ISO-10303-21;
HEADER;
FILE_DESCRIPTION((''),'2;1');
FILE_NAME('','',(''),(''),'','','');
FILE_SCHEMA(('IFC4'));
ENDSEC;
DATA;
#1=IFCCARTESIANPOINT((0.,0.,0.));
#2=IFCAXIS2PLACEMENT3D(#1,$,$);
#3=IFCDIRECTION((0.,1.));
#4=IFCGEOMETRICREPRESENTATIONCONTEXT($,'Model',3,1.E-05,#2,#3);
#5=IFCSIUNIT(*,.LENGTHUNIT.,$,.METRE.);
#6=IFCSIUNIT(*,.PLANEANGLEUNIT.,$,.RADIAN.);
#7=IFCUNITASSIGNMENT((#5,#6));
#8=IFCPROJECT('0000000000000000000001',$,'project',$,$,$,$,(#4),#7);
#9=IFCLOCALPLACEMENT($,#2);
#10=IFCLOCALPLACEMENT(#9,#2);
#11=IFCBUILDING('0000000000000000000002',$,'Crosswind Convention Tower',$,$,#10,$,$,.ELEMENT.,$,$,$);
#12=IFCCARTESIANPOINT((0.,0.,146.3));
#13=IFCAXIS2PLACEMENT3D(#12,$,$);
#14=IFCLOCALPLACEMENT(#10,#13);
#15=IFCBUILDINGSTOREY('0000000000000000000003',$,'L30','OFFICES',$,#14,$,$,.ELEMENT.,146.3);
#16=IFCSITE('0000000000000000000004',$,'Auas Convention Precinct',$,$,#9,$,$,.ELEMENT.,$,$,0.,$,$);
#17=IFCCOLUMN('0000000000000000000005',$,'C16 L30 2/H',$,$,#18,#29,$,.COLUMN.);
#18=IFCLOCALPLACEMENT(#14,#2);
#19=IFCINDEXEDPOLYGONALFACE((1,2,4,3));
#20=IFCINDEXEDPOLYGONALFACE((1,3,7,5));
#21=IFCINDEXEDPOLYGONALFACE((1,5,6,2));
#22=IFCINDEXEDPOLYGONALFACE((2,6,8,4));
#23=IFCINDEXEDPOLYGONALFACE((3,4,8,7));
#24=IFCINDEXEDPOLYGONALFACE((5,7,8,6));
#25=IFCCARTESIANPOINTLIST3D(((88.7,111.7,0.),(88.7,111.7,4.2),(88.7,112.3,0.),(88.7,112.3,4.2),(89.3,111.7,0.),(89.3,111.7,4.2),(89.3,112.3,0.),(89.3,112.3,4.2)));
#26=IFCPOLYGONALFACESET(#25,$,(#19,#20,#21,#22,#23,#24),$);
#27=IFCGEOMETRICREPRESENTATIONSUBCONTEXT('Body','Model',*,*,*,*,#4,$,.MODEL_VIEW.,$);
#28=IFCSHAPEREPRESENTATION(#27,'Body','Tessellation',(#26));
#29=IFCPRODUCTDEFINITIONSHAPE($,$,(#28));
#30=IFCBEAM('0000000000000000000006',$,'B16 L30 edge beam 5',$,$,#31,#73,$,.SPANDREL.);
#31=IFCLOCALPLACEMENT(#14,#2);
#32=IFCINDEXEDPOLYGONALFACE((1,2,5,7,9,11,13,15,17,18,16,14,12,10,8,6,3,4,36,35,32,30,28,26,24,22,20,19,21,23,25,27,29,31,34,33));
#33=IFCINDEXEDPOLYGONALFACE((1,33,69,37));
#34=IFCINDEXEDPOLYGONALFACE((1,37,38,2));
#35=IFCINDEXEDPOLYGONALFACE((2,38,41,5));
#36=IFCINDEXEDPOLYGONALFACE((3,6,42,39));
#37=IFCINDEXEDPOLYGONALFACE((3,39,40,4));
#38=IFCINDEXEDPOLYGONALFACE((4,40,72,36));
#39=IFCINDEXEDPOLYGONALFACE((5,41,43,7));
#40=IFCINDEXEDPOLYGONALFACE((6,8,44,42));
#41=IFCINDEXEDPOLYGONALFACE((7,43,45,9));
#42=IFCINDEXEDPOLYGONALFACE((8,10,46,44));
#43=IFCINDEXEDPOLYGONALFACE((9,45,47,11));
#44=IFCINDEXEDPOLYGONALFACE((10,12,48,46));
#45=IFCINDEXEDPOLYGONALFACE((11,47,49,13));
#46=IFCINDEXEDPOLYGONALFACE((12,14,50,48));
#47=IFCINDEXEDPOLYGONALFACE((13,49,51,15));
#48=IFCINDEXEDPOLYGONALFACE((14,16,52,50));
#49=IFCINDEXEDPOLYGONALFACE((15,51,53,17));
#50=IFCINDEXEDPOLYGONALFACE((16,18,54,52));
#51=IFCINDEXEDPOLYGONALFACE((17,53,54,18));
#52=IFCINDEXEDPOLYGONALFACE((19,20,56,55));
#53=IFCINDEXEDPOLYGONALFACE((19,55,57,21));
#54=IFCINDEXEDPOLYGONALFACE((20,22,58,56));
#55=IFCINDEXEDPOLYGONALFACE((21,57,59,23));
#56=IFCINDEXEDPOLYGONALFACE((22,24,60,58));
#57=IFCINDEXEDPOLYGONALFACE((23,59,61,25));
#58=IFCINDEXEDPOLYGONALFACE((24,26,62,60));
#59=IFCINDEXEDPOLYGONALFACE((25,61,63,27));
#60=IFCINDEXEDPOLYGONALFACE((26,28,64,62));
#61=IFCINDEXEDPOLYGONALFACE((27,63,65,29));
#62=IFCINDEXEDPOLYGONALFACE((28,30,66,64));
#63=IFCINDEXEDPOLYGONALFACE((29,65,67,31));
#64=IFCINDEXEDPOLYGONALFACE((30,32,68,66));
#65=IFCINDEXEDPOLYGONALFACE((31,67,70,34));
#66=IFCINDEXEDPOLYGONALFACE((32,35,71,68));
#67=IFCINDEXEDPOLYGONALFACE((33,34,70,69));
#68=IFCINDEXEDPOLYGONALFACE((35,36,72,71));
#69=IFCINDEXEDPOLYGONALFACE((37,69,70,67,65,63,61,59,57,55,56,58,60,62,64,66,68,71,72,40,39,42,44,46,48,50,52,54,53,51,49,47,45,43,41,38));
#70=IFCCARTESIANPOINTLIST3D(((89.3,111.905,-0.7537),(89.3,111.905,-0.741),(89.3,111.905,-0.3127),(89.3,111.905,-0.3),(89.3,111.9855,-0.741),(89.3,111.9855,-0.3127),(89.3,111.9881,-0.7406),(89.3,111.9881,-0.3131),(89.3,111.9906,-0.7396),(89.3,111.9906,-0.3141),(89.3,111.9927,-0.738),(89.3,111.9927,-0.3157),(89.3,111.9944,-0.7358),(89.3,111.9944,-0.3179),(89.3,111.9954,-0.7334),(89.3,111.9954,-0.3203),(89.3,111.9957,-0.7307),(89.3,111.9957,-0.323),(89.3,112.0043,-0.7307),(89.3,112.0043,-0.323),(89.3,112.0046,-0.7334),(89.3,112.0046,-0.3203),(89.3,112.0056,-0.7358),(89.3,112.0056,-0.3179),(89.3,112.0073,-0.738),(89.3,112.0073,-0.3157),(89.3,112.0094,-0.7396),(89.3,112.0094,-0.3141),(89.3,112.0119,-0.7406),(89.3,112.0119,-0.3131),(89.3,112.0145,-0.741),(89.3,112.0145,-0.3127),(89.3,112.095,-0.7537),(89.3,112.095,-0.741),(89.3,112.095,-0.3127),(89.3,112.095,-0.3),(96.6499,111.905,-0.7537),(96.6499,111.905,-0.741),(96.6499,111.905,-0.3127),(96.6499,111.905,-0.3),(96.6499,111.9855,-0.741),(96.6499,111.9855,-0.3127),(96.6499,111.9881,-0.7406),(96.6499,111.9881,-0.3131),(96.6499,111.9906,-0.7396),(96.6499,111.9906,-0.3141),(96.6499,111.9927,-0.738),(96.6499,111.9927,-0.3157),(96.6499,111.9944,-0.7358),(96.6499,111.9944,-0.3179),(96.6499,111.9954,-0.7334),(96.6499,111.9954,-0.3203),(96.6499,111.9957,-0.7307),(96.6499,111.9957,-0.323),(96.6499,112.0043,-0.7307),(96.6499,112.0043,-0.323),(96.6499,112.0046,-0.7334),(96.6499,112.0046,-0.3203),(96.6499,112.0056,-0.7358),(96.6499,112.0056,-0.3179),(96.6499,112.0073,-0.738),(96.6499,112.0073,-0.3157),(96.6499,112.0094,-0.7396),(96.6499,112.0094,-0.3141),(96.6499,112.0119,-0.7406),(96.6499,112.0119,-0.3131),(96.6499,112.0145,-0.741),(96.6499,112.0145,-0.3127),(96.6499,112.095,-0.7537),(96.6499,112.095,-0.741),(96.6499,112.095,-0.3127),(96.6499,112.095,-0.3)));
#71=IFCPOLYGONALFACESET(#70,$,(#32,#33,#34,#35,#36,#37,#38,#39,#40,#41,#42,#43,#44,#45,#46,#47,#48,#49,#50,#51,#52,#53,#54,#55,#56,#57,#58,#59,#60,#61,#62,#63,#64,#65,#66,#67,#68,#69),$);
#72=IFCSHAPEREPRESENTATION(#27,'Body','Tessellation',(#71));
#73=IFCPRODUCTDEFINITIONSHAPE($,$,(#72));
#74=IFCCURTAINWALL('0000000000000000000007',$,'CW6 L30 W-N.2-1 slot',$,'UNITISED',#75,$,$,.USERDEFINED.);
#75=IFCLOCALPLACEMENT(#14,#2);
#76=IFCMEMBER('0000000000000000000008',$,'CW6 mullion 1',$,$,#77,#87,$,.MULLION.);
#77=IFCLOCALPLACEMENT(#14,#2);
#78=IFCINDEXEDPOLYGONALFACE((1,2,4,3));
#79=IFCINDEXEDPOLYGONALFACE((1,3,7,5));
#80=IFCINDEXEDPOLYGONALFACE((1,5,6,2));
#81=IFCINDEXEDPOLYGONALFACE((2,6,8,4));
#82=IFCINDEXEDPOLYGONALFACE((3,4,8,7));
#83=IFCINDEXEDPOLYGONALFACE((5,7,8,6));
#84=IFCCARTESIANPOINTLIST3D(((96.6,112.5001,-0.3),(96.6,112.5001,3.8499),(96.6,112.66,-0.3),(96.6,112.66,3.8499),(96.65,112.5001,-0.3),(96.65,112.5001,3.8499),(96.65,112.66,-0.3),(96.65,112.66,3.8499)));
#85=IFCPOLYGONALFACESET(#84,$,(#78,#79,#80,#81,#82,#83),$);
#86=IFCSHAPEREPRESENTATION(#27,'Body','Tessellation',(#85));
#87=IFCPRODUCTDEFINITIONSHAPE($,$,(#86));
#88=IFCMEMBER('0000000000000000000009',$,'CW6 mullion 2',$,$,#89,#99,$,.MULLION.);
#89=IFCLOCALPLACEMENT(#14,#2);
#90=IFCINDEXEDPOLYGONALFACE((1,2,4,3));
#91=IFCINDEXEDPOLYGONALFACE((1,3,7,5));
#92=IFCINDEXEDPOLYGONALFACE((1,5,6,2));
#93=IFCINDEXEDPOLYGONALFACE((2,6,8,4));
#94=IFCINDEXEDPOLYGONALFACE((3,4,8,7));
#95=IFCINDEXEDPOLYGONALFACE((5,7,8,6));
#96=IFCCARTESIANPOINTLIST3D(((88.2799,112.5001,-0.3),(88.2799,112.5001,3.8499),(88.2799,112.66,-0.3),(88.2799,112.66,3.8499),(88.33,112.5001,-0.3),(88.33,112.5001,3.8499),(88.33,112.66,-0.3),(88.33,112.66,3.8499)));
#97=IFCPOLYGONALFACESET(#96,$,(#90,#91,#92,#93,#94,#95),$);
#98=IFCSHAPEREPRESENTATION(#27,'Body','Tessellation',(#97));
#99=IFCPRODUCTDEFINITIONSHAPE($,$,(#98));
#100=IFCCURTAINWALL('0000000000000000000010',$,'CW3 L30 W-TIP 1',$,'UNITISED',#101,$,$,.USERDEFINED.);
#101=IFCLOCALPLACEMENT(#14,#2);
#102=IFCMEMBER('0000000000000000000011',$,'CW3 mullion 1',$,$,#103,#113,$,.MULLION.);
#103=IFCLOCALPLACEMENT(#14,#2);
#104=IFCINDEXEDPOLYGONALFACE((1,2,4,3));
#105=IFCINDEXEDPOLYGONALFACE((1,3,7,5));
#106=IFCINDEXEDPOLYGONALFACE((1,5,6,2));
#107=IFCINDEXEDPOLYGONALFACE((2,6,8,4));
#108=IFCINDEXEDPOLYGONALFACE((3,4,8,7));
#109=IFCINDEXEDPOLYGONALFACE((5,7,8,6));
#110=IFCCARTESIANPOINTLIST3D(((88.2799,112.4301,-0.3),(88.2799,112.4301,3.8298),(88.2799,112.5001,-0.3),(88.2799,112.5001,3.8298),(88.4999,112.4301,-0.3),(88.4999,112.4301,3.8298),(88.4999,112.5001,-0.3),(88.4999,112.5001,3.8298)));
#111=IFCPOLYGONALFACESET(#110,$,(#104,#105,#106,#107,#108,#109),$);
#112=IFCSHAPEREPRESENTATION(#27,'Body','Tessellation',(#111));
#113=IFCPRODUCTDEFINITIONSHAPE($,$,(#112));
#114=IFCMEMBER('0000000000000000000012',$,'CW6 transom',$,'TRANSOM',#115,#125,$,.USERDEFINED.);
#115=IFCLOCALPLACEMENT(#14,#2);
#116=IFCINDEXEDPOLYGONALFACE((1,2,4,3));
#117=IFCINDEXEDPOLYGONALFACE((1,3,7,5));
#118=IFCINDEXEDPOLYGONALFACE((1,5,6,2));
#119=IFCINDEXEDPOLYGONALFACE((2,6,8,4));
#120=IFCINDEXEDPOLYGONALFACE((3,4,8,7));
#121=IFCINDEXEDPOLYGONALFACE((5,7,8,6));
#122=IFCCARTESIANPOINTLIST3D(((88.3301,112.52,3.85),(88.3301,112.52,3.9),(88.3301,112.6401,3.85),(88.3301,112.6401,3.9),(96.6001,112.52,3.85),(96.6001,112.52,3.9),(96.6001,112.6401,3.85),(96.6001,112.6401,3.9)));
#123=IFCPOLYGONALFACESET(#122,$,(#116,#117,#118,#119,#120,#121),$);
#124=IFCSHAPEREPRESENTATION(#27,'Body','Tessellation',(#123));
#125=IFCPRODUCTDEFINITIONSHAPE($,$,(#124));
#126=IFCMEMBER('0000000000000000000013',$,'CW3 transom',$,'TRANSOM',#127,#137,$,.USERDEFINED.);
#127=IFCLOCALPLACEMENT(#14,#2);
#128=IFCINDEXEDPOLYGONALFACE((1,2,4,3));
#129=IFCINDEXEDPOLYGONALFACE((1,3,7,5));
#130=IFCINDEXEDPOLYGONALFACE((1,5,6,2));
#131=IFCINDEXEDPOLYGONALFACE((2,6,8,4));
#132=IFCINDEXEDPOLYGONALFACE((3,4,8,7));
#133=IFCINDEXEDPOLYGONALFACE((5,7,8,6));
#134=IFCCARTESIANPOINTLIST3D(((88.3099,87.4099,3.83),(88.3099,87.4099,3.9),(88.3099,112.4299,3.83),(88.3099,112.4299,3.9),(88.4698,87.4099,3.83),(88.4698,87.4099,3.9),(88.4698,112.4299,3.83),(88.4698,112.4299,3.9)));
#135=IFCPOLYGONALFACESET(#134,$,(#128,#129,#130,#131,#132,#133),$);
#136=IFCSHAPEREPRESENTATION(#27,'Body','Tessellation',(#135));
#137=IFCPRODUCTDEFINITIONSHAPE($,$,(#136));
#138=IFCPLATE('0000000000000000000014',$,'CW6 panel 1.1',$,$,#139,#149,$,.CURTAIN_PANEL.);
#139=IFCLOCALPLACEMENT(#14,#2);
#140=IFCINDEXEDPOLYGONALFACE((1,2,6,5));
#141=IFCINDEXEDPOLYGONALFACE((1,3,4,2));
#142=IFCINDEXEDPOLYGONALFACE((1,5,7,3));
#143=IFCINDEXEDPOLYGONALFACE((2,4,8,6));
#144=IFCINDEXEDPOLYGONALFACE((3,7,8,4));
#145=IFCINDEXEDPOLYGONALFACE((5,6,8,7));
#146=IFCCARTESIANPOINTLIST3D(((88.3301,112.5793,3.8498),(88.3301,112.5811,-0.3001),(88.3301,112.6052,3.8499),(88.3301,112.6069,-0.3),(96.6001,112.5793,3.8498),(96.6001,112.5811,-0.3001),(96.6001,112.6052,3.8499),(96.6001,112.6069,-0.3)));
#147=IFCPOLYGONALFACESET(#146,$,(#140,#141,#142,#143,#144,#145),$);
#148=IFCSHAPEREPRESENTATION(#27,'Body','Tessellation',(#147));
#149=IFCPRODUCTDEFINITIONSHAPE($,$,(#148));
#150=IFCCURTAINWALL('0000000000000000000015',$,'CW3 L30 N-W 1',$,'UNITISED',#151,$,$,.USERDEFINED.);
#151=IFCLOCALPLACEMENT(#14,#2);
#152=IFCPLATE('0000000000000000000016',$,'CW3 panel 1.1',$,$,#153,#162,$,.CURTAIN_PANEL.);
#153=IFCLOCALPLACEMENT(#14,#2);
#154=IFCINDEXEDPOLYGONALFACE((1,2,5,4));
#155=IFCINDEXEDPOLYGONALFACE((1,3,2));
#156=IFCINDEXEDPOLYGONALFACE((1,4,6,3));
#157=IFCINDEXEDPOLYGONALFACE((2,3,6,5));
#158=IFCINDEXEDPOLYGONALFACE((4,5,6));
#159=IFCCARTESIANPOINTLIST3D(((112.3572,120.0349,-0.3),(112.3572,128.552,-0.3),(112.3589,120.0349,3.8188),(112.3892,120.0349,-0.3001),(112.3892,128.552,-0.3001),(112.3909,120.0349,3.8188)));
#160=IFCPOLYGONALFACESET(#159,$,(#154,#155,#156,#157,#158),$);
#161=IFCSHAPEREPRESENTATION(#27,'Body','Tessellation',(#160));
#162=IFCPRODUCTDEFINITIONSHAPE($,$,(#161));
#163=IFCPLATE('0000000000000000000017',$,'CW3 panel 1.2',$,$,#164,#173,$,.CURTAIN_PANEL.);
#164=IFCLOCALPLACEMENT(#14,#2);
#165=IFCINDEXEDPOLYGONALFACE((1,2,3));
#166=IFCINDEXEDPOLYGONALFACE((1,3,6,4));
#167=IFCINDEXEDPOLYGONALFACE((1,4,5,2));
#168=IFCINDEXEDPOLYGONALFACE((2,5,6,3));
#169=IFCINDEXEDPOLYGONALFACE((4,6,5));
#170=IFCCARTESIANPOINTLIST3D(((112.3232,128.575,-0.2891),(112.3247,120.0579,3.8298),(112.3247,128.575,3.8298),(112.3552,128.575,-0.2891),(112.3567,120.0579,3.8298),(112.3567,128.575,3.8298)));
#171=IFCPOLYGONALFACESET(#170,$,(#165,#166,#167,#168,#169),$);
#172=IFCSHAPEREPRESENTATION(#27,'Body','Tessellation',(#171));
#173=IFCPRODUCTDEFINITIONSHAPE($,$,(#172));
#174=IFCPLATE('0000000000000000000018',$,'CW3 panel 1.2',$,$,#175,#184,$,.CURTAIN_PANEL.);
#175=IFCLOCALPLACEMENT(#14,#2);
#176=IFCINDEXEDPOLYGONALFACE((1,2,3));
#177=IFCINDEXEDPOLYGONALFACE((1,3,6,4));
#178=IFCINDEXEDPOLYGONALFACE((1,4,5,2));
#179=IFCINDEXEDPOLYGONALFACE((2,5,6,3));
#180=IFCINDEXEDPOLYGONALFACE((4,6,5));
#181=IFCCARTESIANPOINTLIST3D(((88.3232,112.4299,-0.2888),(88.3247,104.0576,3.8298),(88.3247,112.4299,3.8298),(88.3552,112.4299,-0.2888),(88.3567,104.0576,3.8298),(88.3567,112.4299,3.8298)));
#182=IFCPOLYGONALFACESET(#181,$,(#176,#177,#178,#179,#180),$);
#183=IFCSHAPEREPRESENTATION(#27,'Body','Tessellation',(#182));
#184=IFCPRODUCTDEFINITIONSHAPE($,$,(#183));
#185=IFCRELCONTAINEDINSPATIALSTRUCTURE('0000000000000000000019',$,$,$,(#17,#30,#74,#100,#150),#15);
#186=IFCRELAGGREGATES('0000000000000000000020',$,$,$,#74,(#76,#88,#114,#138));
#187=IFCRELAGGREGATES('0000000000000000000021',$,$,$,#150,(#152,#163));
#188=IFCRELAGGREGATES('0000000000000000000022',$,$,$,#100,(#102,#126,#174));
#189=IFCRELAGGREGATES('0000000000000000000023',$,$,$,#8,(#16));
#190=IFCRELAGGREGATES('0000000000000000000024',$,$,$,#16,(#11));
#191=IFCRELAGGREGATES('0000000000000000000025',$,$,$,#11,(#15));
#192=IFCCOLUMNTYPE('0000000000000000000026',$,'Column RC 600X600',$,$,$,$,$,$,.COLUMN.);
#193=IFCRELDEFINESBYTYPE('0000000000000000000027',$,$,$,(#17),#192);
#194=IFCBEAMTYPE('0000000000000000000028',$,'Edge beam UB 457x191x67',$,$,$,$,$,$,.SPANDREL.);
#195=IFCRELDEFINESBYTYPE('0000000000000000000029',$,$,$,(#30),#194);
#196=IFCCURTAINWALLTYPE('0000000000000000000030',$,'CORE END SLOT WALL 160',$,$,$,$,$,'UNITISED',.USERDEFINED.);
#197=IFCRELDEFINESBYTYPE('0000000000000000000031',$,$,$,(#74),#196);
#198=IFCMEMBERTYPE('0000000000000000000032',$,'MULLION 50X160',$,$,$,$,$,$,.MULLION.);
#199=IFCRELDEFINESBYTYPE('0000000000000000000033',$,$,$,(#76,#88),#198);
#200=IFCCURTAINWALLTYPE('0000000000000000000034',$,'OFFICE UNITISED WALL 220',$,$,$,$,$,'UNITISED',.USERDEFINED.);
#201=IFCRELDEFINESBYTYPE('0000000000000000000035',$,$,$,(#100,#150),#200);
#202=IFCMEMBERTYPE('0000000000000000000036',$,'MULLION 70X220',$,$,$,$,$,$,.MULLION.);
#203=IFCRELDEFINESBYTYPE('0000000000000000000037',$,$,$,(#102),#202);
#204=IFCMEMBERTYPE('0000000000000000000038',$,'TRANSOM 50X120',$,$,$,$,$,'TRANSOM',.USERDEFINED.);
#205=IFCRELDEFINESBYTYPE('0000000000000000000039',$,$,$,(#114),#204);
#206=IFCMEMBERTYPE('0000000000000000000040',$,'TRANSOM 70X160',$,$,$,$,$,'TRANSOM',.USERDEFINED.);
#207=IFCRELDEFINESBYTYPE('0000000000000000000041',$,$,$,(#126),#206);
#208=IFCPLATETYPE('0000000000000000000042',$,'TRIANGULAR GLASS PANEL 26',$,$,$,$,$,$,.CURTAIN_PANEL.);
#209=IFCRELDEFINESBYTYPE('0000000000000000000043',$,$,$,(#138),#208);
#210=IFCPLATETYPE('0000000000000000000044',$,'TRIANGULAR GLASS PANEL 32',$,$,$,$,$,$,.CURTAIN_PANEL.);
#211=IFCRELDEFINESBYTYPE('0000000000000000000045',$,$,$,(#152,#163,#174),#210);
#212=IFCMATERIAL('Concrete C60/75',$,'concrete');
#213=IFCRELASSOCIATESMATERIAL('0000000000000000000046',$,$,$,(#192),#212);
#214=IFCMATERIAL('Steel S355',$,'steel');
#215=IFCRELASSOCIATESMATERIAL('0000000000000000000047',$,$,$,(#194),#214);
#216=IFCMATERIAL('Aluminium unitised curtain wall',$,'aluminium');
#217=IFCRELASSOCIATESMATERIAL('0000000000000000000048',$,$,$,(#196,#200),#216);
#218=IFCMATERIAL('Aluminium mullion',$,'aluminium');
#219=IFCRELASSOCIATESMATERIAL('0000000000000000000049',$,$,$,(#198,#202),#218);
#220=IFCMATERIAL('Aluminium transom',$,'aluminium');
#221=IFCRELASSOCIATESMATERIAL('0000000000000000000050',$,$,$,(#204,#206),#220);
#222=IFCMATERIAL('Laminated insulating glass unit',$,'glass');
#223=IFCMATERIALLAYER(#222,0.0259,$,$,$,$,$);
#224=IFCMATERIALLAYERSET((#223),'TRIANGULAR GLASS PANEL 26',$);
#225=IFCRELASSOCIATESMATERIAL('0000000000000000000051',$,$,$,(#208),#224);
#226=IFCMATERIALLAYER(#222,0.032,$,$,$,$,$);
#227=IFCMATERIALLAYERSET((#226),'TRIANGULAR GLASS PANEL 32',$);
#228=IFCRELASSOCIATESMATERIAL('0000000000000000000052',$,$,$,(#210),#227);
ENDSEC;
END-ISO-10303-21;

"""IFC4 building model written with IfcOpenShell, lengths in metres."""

from ifc_helpers import new_model, si_unit, direction, frame, origin, origin_2d, place, context, subcontext, project, spatial, polyline, rectangle, i_section, outline, extrude, material, layer, layer_set, material_profile, profile_set, type_object, element, aggregate, save


model = new_model("IFC4")

# Units and contexts
model_context = context("Model", 3, precision=1e-05, world=origin(), true_north=direction((0.0, 1.0)))
body_context = subcontext(model_context, "Body", "Model", "MODEL_VIEW")
ifc_project = project(units=[si_unit("LENGTHUNIT", "METRE"), si_unit("PLANEANGLEUNIT", "RADIAN")], contexts=[model_context])

# Site, building, storey
site_placement = place(None, origin())
site = spatial("IfcSite", under=ifc_project, at=site_placement, Name="Auas Convention Precinct", CompositionType="ELEMENT", RefElevation=0.0)
building_placement = place(site_placement, origin())
building = spatial("IfcBuilding", under=site, at=building_placement, Name="Crosswind Convention Tower", CompositionType="ELEMENT")
storey_placement = place(building_placement, frame((0.0, 0.0, 146.3)))
storey = spatial("IfcBuildingStorey", under=building, at=storey_placement, Name="L30", Description="OFFICES", CompositionType="ELEMENT", Elevation=146.3)

# Column
ifc_material_1 = material(Name="Concrete C60/75", Category="concrete")
ifc_material_profile_1 = material_profile(ifc_material_1, rectangle(XDim=0.6001, YDim=0.6001, at=origin_2d()), Name="RC 600X600")
ifc_profile_set_1 = profile_set([ifc_material_profile_1], Name="Concrete C60/75")
column_type = type_object("IfcColumnType", Name="Column RC 600X600", PredefinedType="COLUMN", material=ifc_profile_set_1)
column_placement = place(storey_placement, frame((89.0, 112.0, 0.0), z_axis=(0.0, 0.0, 1.0), x_axis=(1.0, 0.0, 0.0)))
element("IfcColumn", 1, at=column_placement, inside=storey, type_object=column_type, Name="C16 L30 2/H", PredefinedType="COLUMN", context=body_context, shape_type="SweptSolid", body=[
    extrude(rectangle(XDim=0.6001, YDim=0.6001, at=origin_2d()), origin(), (0.0, 0.0, 1.0), 4.2),
])

# Beam
ifc_material_2 = material(Name="Steel S355", Category="steel")
ifc_material_profile_2 = material_profile(ifc_material_2, i_section(OverallWidth=0.1899, OverallDepth=0.4536, WebThickness=0.0085, FlangeThickness=0.0127, FilletRadius=0.0103, at=origin_2d()), Name="UB 457x191x67")
ifc_profile_set_2 = profile_set([ifc_material_profile_2], Name="Steel S355")
beam_type = type_object("IfcBeamType", Name="Edge beam UB 457x191x67", PredefinedType="SPANDREL", material=ifc_profile_set_2)
beam_placement = place(storey_placement, frame((89.3, 112.0, -0.5269), z_axis=(1.0, 0.0, 0.0), x_axis=(0.0, 1.0, 0.0)))
element("IfcBeam", 2, at=beam_placement, inside=storey, type_object=beam_type, Name="B16 L30 edge beam 5", PredefinedType="SPANDREL", context=body_context, shape_type="SweptSolid", body=[
    extrude(i_section(OverallWidth=0.1899, OverallDepth=0.4536, WebThickness=0.0085, FlangeThickness=0.0127, FilletRadius=0.0103, at=origin_2d()), origin(), (0.0, 0.0, 1.0), 7.3499),
])

# Curtain wall, members
ifc_material_3 = material(Name="Aluminium unitised curtain wall", Category="aluminium")
curtain_wall_type_1 = type_object("IfcCurtainWallType", Name="CORE END SLOT WALL 160", ElementType="UNITISED", PredefinedType="USERDEFINED", material=ifc_material_3)
curtain_wall_1_placement = place(storey_placement, origin())
curtain_wall_1 = element("IfcCurtainWall", 3, at=curtain_wall_1_placement, inside=storey, type_object=curtain_wall_type_1, Name="CW6 L30 W-N.2-1 slot", ObjectType="UNITISED", PredefinedType="USERDEFINED")
ifc_material_4 = material(Name="Aluminium mullion", Category="aluminium")
ifc_material_profile_3 = material_profile(ifc_material_4, rectangle(XDim=0.1599, YDim=0.05, at=origin_2d()), Name="AL 160X50")
ifc_profile_set_3 = profile_set([ifc_material_profile_3], Name="Aluminium mullion")
member_type_1 = type_object("IfcMemberType", Name="MULLION 50X160", PredefinedType="MULLION", material=ifc_profile_set_3)
member_1_placement = place(storey_placement, frame((96.625, 112.5801, -0.3), z_axis=(0.0, 0.0, 1.0), x_axis=(0.0, 1.0, 0.0)))
member_1 = element("IfcMember", 4, at=member_1_placement, type_object=member_type_1, Name="CW6 mullion 1", PredefinedType="MULLION", context=body_context, shape_type="SweptSolid", body=[
    extrude(rectangle(XDim=0.1599, YDim=0.05, at=origin_2d()), origin(), (0.0, 0.0, 1.0), 4.1499),
])
member_2_placement = place(storey_placement, frame((88.3049, 112.5801, -0.3), z_axis=(0.0, 0.0, 1.0), x_axis=(0.0, 1.0, 0.0)))
member_2 = element("IfcMember", 5, at=member_2_placement, type_object=member_type_1, Name="CW6 mullion 2", PredefinedType="MULLION", context=body_context, shape_type="SweptSolid", body=[
    extrude(rectangle(XDim=0.1599, YDim=0.05, at=origin_2d()), origin(), (0.0, 0.0, 1.0), 4.1499),
])

# Curtain wall, member
curtain_wall_type_2 = type_object("IfcCurtainWallType", Name="OFFICE UNITISED WALL 220", ElementType="UNITISED", PredefinedType="USERDEFINED", material=ifc_material_3)
curtain_wall_2_placement = place(storey_placement, origin())
curtain_wall_2 = element("IfcCurtainWall", 6, at=curtain_wall_2_placement, inside=storey, type_object=curtain_wall_type_2, Name="CW3 L30 W-TIP 1", ObjectType="UNITISED", PredefinedType="USERDEFINED")
ifc_material_profile_4 = material_profile(ifc_material_4, rectangle(XDim=0.22, YDim=0.0701, at=origin_2d()), Name="AL 220X70")
ifc_profile_set_4 = profile_set([ifc_material_profile_4], Name="Aluminium mullion")
member_type_2 = type_object("IfcMemberType", Name="MULLION 70X220", PredefinedType="MULLION", material=ifc_profile_set_4)
member_3_placement = place(storey_placement, frame((88.3899, 112.4651, -0.3), z_axis=(0.0, 0.0, 1.0), x_axis=(-1.0, 0.0, 0.0)))
member_3 = element("IfcMember", 7, at=member_3_placement, type_object=member_type_2, Name="CW3 mullion 1", PredefinedType="MULLION", context=body_context, shape_type="SweptSolid", body=[
    extrude(rectangle(XDim=0.22, YDim=0.0701, at=origin_2d()), origin(), (0.0, 0.0, 1.0), 4.1299),
])

# Members
ifc_material_5 = material(Name="Aluminium transom", Category="aluminium")
ifc_material_profile_5 = material_profile(ifc_material_5, rectangle(XDim=0.1201, YDim=0.05, at=origin_2d()), Name="AL 120X50")
ifc_profile_set_5 = profile_set([ifc_material_profile_5], Name="Aluminium transom")
member_type_3 = type_object("IfcMemberType", Name="TRANSOM 50X120", ElementType="TRANSOM", PredefinedType="USERDEFINED", material=ifc_profile_set_5)
member_4_placement = place(storey_placement, frame((96.6001, 112.5801, 3.875), z_axis=(-1.0, 0.0, 0.0), x_axis=(0.0, -1.0, 0.0)))
member_4 = element("IfcMember", 8, at=member_4_placement, type_object=member_type_3, Name="CW6 transom", ObjectType="TRANSOM", PredefinedType="USERDEFINED", context=body_context, shape_type="SweptSolid", body=[
    extrude(rectangle(XDim=0.1201, YDim=0.05, at=origin_2d()), origin(), (0.0, 0.0, 1.0), 8.27),
])
ifc_material_profile_6 = material_profile(ifc_material_5, rectangle(XDim=0.1599, YDim=0.0701, at=origin_2d()), Name="AL 160X70")
ifc_profile_set_6 = profile_set([ifc_material_profile_6], Name="Aluminium transom")
member_type_4 = type_object("IfcMemberType", Name="TRANSOM 70X160", ElementType="TRANSOM", PredefinedType="USERDEFINED", material=ifc_profile_set_6)
member_5_placement = place(storey_placement, frame((88.3899, 112.4299, 3.865), z_axis=(0.0, -1.0, 0.0), x_axis=(1.0, 0.0, 0.0)))
member_5 = element("IfcMember", 9, at=member_5_placement, type_object=member_type_4, Name="CW3 transom", ObjectType="TRANSOM", PredefinedType="USERDEFINED", context=body_context, shape_type="SweptSolid", body=[
    extrude(rectangle(XDim=0.1599, YDim=0.0701, at=origin_2d()), origin(), (0.0, 0.0, 1.0), 25.02),
])

# Plate
ifc_material_6 = material(Name="Laminated insulating glass unit", Category="glass")
ifc_layer_1 = layer(ifc_material_6, 0.0259)
ifc_layer_set_1 = layer_set([ifc_layer_1], Name="TRIANGULAR GLASS PANEL 26")
plate_type_1 = type_object("IfcPlateType", Name="TRIANGULAR GLASS PANEL 26", PredefinedType="CURTAIN_PANEL", material=ifc_layer_set_1)
plate_1_placement = place(storey_placement, frame((96.6001, 112.6069, -0.3), z_axis=(0.0, 1.0, 0.000412), x_axis=(-1.0, 0.0, 0.0)))
plate_1 = element("IfcPlate", 10, at=plate_1_placement, type_object=plate_type_1, Name="CW6 panel 1.1", PredefinedType="CURTAIN_PANEL", context=body_context, shape_type="SweptSolid", body=[
    extrude(outline(polyline([(0.0, 0.0), (8.27, 0.0), (8.27, 4.1499), (0.0, 4.1499), (0.0, 0.0)])), origin(), (0.0, 0.0, -1.0), 0.0259),
])
aggregate(curtain_wall_1, [member_1, member_2, member_4, plate_1])

# Curtain wall, plates
curtain_wall_3_placement = place(storey_placement, origin())
curtain_wall_3 = element("IfcCurtainWall", 11, at=curtain_wall_3_placement, inside=storey, type_object=curtain_wall_type_2, Name="CW3 L30 N-W 1", ObjectType="UNITISED", PredefinedType="USERDEFINED")
ifc_layer_2 = layer(ifc_material_6, 0.032)
ifc_layer_set_2 = layer_set([ifc_layer_2], Name="TRIANGULAR GLASS PANEL 32")
plate_type_2 = type_object("IfcPlateType", Name="TRIANGULAR GLASS PANEL 32", PredefinedType="CURTAIN_PANEL", material=ifc_layer_set_2)
plate_2_placement = place(storey_placement, frame((112.3572, 120.0349, -0.3), z_axis=(-1.0, 0.0, 0.000415), x_axis=(0.000415, 0.0, 1.0)))
plate_2 = element("IfcPlate", 12, at=plate_2_placement, type_object=plate_type_2, Name="CW3 panel 1.1", PredefinedType="CURTAIN_PANEL", context=body_context, shape_type="SweptSolid", body=[
    extrude(outline(polyline([(0.0, 0.0), (4.1189, 0.0), (0.0, 8.5171), (0.0, 0.0)])), origin(), (0.0, 0.0, -1.0), 0.032),
])
plate_3_placement = place(storey_placement, frame((112.3247, 128.575, 3.8298), z_axis=(-1.0, 0.0, 0.000356), x_axis=(-0.000356, 0.0, -1.0)))
plate_3 = element("IfcPlate", 13, at=plate_3_placement, type_object=plate_type_2, Name="CW3 panel 1.2", PredefinedType="CURTAIN_PANEL", context=body_context, shape_type="SweptSolid", body=[
    extrude(outline(polyline([(0.0, 0.0), (4.1189, 0.0), (0.0, 8.5171), (0.0, 0.0)])), origin(), (0.0, 0.0, -1.0), 0.032),
])

# Plate
plate_4_placement = place(storey_placement, frame((88.3247, 112.4299, 3.8298), z_axis=(-1.0, 0.0, 0.000356), x_axis=(-0.000356, 0.0, -1.0)))
plate_4 = element("IfcPlate", 14, at=plate_4_placement, type_object=plate_type_2, Name="CW3 panel 1.2", PredefinedType="CURTAIN_PANEL", context=body_context, shape_type="SweptSolid", body=[
    extrude(outline(polyline([(0.0, 0.0), (4.1187, 0.0), (0.0, 8.3723), (0.0, 0.0)])), origin(), (0.0, 0.0, -1.0), 0.032),
])

aggregate(curtain_wall_3, [plate_2, plate_3])
aggregate(curtain_wall_2, [member_3, member_5, plate_4])

save(model, "model.ifc")
